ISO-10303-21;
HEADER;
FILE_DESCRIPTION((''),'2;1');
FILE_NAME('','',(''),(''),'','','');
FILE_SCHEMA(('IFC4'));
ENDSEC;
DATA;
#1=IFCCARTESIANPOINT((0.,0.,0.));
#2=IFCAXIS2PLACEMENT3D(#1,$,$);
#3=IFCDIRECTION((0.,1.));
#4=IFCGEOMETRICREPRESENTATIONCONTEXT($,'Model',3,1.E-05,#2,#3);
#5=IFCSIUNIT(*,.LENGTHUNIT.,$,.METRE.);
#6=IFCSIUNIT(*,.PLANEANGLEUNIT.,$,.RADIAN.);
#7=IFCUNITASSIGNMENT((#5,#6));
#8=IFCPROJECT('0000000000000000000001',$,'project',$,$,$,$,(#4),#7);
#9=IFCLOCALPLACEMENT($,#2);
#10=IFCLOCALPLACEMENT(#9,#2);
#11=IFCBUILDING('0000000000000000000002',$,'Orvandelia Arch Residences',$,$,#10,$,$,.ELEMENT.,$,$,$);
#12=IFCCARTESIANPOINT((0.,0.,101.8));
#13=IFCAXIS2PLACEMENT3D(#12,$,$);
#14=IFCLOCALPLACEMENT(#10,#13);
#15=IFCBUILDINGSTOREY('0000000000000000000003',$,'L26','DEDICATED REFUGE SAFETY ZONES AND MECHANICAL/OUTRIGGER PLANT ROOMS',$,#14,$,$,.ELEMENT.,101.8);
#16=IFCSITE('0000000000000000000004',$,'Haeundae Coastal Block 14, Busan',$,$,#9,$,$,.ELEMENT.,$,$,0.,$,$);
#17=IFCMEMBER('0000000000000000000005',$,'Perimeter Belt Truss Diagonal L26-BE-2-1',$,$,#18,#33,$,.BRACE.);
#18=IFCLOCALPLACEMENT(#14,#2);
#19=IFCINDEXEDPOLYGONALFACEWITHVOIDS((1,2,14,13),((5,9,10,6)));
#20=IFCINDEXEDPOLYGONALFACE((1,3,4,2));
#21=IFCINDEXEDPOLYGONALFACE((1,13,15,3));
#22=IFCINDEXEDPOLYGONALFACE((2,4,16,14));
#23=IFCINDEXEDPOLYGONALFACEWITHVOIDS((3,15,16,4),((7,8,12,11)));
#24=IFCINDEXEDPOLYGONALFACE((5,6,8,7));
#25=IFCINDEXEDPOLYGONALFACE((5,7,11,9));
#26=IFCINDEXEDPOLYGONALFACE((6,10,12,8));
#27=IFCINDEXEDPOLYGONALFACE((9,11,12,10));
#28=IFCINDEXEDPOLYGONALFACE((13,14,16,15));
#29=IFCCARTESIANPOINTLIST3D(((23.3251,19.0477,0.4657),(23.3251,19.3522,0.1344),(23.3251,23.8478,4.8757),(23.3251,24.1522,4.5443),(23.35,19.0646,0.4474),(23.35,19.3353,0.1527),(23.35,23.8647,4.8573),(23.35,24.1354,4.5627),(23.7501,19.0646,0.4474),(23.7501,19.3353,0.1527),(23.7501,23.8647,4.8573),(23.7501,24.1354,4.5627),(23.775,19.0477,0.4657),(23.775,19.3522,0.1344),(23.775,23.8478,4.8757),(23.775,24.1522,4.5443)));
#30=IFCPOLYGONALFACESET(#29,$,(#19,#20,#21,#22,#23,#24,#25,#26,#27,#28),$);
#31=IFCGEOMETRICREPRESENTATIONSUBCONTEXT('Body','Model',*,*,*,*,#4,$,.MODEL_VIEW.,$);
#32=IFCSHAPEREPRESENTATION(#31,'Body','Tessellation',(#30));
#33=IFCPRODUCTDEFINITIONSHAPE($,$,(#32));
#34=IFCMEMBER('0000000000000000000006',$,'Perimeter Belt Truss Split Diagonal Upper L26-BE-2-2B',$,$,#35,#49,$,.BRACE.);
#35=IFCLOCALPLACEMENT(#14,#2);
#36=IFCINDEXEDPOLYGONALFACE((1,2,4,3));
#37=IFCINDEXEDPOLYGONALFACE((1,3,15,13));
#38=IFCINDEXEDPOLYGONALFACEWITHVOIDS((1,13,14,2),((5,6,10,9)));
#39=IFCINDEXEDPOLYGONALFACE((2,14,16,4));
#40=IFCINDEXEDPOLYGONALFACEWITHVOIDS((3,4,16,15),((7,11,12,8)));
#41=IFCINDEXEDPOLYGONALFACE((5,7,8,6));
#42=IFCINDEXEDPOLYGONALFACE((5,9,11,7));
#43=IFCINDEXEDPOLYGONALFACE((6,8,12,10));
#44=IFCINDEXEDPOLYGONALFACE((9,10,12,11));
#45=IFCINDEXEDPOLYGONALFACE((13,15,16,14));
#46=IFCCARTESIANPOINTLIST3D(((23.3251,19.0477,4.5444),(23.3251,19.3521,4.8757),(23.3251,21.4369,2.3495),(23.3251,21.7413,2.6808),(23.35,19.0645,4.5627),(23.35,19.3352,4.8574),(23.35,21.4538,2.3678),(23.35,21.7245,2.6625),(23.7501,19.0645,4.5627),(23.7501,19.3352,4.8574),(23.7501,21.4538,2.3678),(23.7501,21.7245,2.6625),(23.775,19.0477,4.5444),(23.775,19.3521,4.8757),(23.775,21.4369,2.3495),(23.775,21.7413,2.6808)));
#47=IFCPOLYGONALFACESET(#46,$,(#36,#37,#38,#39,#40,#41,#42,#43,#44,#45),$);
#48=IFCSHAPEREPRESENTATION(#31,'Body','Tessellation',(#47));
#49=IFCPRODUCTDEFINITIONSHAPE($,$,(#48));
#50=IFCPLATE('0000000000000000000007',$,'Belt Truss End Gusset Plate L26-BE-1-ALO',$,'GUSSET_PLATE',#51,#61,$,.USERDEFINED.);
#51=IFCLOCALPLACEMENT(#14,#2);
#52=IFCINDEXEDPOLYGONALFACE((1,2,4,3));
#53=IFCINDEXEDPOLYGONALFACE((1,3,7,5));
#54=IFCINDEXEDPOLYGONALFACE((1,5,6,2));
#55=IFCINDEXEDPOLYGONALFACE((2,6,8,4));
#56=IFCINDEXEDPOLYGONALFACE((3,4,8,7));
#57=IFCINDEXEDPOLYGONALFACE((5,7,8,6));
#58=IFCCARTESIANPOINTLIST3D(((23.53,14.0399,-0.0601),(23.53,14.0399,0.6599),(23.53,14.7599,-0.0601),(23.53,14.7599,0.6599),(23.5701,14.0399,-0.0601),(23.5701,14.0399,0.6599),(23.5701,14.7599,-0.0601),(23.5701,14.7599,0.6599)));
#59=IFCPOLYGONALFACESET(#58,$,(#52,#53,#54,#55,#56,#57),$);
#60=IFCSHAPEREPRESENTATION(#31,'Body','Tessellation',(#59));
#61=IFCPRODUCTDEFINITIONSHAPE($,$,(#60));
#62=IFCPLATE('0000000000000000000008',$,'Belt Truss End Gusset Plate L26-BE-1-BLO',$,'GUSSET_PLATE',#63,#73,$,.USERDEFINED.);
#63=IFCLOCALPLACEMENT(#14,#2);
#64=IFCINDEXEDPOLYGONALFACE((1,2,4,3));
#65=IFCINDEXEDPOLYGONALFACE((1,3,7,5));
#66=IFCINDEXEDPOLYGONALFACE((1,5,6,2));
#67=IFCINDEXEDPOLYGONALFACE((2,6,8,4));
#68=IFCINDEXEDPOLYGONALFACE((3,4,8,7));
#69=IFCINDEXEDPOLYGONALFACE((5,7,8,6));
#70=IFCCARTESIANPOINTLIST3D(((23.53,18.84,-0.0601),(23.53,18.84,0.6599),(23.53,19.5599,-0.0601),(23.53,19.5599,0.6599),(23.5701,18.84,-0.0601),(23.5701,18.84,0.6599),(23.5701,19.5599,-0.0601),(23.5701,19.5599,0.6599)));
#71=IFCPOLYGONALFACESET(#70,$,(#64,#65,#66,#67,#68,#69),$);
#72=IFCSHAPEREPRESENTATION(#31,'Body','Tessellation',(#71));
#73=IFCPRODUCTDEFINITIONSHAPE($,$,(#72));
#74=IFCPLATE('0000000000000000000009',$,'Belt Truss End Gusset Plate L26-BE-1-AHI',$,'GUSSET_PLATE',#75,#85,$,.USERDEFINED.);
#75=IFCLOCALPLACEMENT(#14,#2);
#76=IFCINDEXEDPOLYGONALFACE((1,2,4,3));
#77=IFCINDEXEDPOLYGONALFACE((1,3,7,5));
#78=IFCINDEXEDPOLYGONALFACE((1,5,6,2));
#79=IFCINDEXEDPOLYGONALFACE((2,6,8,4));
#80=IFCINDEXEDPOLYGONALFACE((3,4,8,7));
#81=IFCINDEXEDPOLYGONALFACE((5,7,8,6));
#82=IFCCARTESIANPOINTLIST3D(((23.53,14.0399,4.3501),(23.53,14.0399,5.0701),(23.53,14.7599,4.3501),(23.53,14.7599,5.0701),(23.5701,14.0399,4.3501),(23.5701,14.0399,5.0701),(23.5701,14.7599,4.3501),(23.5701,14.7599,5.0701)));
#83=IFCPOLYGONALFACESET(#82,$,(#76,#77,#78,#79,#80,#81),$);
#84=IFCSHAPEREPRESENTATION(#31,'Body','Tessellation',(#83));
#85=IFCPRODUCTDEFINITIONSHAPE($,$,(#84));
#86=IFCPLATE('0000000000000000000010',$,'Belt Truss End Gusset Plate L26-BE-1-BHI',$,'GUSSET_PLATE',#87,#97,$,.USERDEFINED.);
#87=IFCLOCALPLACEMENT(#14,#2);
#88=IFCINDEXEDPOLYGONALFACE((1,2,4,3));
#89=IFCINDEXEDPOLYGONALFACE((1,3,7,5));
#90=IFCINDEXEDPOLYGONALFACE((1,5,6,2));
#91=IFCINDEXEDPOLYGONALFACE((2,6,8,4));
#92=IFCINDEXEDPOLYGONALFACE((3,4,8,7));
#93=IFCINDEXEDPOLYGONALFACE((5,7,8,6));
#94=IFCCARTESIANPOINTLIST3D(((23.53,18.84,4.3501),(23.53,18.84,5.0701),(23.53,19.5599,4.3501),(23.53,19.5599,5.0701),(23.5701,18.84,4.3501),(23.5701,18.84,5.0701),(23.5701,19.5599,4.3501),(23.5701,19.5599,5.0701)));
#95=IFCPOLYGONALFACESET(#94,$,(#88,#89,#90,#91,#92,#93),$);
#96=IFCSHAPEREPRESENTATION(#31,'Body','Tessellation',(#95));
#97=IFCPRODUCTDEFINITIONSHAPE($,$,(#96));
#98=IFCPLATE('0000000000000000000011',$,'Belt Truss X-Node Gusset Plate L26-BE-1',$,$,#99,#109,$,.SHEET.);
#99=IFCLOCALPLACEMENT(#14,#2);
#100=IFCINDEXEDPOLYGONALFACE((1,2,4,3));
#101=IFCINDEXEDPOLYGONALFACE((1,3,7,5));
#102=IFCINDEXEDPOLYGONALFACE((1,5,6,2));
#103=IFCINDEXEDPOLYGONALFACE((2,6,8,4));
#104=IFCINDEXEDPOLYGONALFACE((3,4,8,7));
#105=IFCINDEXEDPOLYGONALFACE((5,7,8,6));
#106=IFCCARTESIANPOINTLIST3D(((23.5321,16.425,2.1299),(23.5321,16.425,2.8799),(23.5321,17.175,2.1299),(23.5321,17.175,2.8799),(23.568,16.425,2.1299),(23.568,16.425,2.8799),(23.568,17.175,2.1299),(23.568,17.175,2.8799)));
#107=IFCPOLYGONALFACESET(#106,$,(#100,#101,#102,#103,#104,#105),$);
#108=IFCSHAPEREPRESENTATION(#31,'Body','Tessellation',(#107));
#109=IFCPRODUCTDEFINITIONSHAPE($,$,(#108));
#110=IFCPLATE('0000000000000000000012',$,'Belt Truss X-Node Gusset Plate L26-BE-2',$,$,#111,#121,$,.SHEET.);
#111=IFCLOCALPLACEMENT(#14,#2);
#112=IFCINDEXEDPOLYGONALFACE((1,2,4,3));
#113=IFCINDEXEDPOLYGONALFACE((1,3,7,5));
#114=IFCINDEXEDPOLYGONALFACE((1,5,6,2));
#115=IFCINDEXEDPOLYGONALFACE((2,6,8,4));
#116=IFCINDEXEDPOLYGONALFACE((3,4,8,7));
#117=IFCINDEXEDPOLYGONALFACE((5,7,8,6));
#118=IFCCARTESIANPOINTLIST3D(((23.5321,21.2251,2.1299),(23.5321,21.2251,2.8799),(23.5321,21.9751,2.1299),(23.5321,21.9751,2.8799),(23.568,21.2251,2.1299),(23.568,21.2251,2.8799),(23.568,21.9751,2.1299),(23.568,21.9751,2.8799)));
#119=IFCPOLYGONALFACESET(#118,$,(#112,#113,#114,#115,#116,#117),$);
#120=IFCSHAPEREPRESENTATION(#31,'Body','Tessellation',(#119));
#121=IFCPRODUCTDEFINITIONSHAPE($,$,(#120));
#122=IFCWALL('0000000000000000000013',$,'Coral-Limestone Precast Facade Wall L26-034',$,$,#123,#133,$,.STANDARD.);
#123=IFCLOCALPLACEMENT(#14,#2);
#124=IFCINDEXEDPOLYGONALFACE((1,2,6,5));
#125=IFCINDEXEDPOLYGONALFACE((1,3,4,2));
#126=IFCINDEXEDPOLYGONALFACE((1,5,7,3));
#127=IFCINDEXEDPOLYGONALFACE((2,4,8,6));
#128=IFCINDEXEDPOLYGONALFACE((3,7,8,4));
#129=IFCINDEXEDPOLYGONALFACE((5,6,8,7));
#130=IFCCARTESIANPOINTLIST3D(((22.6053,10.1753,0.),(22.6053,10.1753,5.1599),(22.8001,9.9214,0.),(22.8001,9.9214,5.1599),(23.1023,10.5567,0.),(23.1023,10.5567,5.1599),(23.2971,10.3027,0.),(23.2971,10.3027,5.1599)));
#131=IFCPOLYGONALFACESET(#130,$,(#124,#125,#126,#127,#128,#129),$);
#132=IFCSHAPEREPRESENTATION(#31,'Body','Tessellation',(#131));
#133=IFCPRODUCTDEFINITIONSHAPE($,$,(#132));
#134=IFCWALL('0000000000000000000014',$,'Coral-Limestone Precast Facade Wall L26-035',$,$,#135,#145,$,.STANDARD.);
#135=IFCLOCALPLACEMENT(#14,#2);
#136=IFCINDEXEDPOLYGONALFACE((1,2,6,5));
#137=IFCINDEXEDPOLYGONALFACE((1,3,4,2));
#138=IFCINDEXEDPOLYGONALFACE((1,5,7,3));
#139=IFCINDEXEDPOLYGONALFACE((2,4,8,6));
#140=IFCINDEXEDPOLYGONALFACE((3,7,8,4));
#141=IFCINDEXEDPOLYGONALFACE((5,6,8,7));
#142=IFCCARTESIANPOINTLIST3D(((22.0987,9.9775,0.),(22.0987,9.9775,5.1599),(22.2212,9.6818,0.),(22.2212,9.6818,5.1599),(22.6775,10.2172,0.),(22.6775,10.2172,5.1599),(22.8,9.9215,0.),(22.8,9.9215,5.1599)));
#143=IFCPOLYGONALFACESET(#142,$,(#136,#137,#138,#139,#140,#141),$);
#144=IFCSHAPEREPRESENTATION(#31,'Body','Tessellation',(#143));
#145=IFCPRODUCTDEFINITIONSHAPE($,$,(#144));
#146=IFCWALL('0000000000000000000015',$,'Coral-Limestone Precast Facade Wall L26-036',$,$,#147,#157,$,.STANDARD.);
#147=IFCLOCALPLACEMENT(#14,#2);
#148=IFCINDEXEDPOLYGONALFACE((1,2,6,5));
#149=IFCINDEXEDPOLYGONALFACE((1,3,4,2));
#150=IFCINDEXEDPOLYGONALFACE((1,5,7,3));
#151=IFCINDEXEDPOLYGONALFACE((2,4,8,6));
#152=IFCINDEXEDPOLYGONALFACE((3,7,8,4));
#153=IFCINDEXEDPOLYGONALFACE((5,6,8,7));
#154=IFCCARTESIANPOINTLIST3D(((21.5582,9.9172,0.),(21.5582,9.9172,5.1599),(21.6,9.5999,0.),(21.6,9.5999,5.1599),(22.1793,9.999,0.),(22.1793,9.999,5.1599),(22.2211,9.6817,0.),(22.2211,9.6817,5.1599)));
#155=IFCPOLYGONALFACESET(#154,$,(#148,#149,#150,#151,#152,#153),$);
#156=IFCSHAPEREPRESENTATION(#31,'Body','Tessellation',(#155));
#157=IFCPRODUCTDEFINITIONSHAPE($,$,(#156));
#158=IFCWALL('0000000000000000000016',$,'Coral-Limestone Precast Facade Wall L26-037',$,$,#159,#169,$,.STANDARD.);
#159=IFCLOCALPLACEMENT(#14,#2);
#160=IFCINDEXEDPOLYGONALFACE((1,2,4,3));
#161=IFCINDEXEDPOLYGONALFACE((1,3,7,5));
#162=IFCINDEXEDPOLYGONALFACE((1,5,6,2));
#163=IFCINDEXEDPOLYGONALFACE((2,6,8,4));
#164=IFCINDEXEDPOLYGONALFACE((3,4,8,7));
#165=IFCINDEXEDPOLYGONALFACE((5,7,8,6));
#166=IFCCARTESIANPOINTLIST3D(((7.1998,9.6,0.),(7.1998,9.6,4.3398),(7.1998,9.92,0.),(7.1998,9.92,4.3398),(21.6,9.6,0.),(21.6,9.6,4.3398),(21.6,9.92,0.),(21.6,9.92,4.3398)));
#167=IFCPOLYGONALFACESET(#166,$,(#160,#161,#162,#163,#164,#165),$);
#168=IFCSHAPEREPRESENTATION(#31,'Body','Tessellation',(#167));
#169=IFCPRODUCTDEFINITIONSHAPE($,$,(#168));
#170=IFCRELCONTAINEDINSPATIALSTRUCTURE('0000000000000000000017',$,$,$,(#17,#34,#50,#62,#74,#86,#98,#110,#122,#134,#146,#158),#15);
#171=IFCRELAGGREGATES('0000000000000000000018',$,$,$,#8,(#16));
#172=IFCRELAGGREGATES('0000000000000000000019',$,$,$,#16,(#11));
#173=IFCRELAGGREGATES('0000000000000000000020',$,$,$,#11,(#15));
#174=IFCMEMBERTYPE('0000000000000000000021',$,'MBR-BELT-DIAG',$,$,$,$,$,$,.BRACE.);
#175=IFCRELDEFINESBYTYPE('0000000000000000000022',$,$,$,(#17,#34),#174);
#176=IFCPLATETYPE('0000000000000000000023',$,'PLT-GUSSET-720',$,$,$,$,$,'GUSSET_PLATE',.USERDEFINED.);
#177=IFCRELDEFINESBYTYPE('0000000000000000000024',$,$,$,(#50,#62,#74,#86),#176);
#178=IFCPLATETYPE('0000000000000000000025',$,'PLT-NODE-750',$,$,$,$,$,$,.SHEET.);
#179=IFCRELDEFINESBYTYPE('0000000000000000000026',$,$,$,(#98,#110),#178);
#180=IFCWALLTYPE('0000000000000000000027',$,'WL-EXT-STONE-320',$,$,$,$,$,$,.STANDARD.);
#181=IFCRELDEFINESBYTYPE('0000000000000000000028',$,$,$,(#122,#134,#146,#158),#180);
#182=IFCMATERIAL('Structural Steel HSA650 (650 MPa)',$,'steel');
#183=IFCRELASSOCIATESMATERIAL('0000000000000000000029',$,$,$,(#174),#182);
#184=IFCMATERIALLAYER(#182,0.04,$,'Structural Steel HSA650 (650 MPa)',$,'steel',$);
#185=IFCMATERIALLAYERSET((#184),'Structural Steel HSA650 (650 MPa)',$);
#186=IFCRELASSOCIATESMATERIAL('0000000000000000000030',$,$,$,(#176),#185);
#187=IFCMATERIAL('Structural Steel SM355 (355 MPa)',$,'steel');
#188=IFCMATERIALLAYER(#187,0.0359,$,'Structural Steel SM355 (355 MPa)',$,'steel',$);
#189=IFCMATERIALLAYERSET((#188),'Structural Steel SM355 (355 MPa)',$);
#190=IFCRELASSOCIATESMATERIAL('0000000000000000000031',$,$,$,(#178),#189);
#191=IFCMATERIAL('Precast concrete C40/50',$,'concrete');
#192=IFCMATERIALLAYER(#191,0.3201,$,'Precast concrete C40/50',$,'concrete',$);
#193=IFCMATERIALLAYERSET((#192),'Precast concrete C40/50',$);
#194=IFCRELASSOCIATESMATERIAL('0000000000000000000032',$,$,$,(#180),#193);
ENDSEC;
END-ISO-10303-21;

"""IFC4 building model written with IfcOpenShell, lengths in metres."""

from ifc_helpers import new_model, si_unit, direction, frame, frame_2d, origin, origin_2d, place, context, subcontext, project, spatial, rectangle, hollow_rectangle, extrude, material, layer, layer_set, material_profile, profile_set, type_object, element, save


model = new_model("IFC4")

# Units and contexts
model_context = context("Model", 3, precision=1e-05, world=origin(), true_north=direction((0.0, 1.0)))
body_context = subcontext(model_context, "Body", "Model", "MODEL_VIEW")
ifc_project = project(units=[si_unit("LENGTHUNIT", "METRE"), si_unit("PLANEANGLEUNIT", "RADIAN")], contexts=[model_context])

# Site, building, storey
site_placement = place(None, origin())
site = spatial("IfcSite", under=ifc_project, at=site_placement, Name="Haeundae Coastal Block 14, Busan", CompositionType="ELEMENT", RefElevation=0.0)
building_placement = place(site_placement, origin())
building = spatial("IfcBuilding", under=site, at=building_placement, Name="Orvandelia Arch Residences", CompositionType="ELEMENT")
storey_placement = place(building_placement, frame((0.0, 0.0, 101.8)))
storey = spatial("IfcBuildingStorey", under=building, at=storey_placement, Name="L26", Description="DEDICATED REFUGE SAFETY ZONES AND MECHANICAL/OUTRIGGER PLANT ROOMS", CompositionType="ELEMENT", Elevation=101.8)

# Shared definitions
ifc_material_1 = material(Name="Structural Steel SM355 (355 MPa)", Category="steel")

# Members
ifc_material_2 = material(Name="Structural Steel HSA650 (650 MPa)", Category="steel")
ifc_material_profile_1 = material_profile(ifc_material_2, hollow_rectangle(XDim=0.45, YDim=0.45, WallThickness=0.0249, at=origin_2d()), Name="Structural Steel HSA650 (650 MPa)", Category="steel")
ifc_profile_set_1 = profile_set([ifc_material_profile_1], Name="Structural Steel HSA650 (650 MPa)")
member_type = type_object("IfcMemberType", Name="MBR-BELT-DIAG", PredefinedType="BRACE", material=ifc_profile_set_1)
member_1_placement = place(storey_placement, frame((23.55, 19.2, 0.3), z_axis=(0.0, 0.7364, 0.676547), x_axis=(-1.0, 0.0, 0.0)))
element("IfcMember", 1, at=member_1_placement, inside=storey, type_object=member_type, Name="Perimeter Belt Truss Diagonal L26-BE-2-1", PredefinedType="BRACE", context=body_context, shape_type="SweptSolid", body=[
    extrude(hollow_rectangle(XDim=0.45, YDim=0.45, WallThickness=0.0249, at=origin_2d()), origin(), (0.0, 0.0, 1.0), 6.5183),
])
member_2_placement = place(storey_placement, frame((23.55, 21.5891, 2.5151), z_axis=(0.0, -0.736423, 0.676522), x_axis=(1.0, 0.0, 0.0)))
element("IfcMember", 2, at=member_2_placement, inside=storey, type_object=member_type, Name="Perimeter Belt Truss Split Diagonal Upper L26-BE-2-2B", PredefinedType="BRACE", context=body_context, shape_type="SweptSolid", body=[
    extrude(hollow_rectangle(XDim=0.45, YDim=0.45, WallThickness=0.0249, at=origin_2d()), origin(), (0.0, 0.0, 1.0), 3.2444),
])

# Plates
ifc_layer_1 = layer(ifc_material_2, 0.04, Name="Structural Steel HSA650 (650 MPa)", Category="steel")
ifc_layer_set_1 = layer_set([ifc_layer_1], Name="Structural Steel HSA650 (650 MPa)")
plate_type_1 = type_object("IfcPlateType", Name="PLT-GUSSET-720", ElementType="GUSSET_PLATE", PredefinedType="USERDEFINED", material=ifc_layer_set_1)
for number, where, z_axis, x_axis, name in (
    (3, (23.55, 14.3999, -0.0601), (0.0, 0.0, 1.0), (0.0, 1.0, 0.0), "Belt Truss End Gusset Plate L26-BE-1-ALO"),
    (4, (23.55, 19.2, -0.0601), (0.0, 0.0, 1.0), (0.0, 1.0, 0.0), "Belt Truss End Gusset Plate L26-BE-1-BLO"),
    (5, (23.55, 14.3999, 4.3501), (0.0, 0.0, 1.0), (0.0, 1.0, 0.0), "Belt Truss End Gusset Plate L26-BE-1-AHI"),
    (6, (23.55, 19.2, 4.3501), (0.0, 0.0, 1.0), (0.0, 1.0, 0.0), "Belt Truss End Gusset Plate L26-BE-1-BHI"),
):
    element("IfcPlate", number, at=place(storey_placement, frame(where, z_axis=z_axis, x_axis=x_axis)), inside=storey, type_object=plate_type_1, Name=name, ObjectType="GUSSET_PLATE", PredefinedType="USERDEFINED", context=body_context, shape_type="SweptSolid", body=[
        extrude(rectangle(XDim=0.72, YDim=0.04, at=origin_2d()), origin(), (0.0, 0.0, 1.0), 0.72),
    ])
ifc_layer_2 = layer(ifc_material_1, 0.0359, Name="Structural Steel SM355 (355 MPa)", Category="steel")
ifc_layer_set_2 = layer_set([ifc_layer_2], Name="Structural Steel SM355 (355 MPa)")
plate_type_2 = type_object("IfcPlateType", Name="PLT-NODE-750", PredefinedType="SHEET", material=ifc_layer_set_2)
for number, where, z_axis, x_axis, name in (
    (7, (23.55, 16.8, 2.1299), (0.0, 0.0, 1.0), (0.0, 1.0, 0.0), "Belt Truss X-Node Gusset Plate L26-BE-1"),
    (8, (23.55, 21.6001, 2.1299), (0.0, 0.0, 1.0), (0.0, 1.0, 0.0), "Belt Truss X-Node Gusset Plate L26-BE-2"),
):
    element("IfcPlate", number, at=place(storey_placement, frame(where, z_axis=z_axis, x_axis=x_axis)), inside=storey, type_object=plate_type_2, Name=name, PredefinedType="SHEET", context=body_context, shape_type="SweptSolid", body=[
        extrude(rectangle(XDim=0.75, YDim=0.0359, at=origin_2d()), origin(), (0.0, 0.0, 1.0), 0.75),
    ])

# Walls
ifc_material_3 = material(Name="Precast concrete C40/50", Category="concrete")
ifc_layer_3 = layer(ifc_material_3, 0.3201, Name="Precast concrete C40/50", Category="concrete")
ifc_layer_set_3 = layer_set([ifc_layer_3], Name="Precast concrete C40/50")
wall_type = type_object("IfcWallType", Name="WL-EXT-STONE-320", PredefinedType="STANDARD", material=ifc_layer_set_3)
for number, where, z_axis, x_axis, name in (
    (9, (23.1997, 10.4297, 0.0), (0.0, 0.0, 1.0), (-0.793406, -0.608693, 0.0), "Coral-Limestone Precast Facade Wall L26-034"),
    (10, (22.7388, 10.0693, 0.0), (0.0, 0.0, 1.0), (-0.923893, -0.38265, 0.0), "Coral-Limestone Precast Facade Wall L26-035"),
    (11, (22.2002, 9.8403, 0.0), (0.0, 0.0, 1.0), (-0.991441, -0.130555, 0.0), "Coral-Limestone Precast Facade Wall L26-036"),
):
    element("IfcWall", number, at=place(storey_placement, frame(where, z_axis=z_axis, x_axis=x_axis)), inside=storey, type_object=wall_type, Name=name, PredefinedType="STANDARD", context=body_context, shape_type="SweptSolid", body=[
        extrude(rectangle(XDim=0.6265, YDim=0.3201, at=frame_2d((0.3132, 0.0))), origin(), (0.0, 0.0, 1.0), 5.1599),
    ])
wall_placement = place(storey_placement, frame((21.6001, 9.76, 0.0), z_axis=(0.0, 0.0, 1.0), x_axis=(-1.0, 0.0, 0.0)))
element("IfcWall", 12, at=wall_placement, inside=storey, type_object=wall_type, Name="Coral-Limestone Precast Facade Wall L26-037", PredefinedType="STANDARD", context=body_context, shape_type="SweptSolid", body=[
    extrude(rectangle(XDim=14.4001, YDim=0.3201, at=frame_2d((7.2002, 0.0))), origin(), (0.0, 0.0, 1.0), 4.3398),
])

save(model, "model.ifc")
